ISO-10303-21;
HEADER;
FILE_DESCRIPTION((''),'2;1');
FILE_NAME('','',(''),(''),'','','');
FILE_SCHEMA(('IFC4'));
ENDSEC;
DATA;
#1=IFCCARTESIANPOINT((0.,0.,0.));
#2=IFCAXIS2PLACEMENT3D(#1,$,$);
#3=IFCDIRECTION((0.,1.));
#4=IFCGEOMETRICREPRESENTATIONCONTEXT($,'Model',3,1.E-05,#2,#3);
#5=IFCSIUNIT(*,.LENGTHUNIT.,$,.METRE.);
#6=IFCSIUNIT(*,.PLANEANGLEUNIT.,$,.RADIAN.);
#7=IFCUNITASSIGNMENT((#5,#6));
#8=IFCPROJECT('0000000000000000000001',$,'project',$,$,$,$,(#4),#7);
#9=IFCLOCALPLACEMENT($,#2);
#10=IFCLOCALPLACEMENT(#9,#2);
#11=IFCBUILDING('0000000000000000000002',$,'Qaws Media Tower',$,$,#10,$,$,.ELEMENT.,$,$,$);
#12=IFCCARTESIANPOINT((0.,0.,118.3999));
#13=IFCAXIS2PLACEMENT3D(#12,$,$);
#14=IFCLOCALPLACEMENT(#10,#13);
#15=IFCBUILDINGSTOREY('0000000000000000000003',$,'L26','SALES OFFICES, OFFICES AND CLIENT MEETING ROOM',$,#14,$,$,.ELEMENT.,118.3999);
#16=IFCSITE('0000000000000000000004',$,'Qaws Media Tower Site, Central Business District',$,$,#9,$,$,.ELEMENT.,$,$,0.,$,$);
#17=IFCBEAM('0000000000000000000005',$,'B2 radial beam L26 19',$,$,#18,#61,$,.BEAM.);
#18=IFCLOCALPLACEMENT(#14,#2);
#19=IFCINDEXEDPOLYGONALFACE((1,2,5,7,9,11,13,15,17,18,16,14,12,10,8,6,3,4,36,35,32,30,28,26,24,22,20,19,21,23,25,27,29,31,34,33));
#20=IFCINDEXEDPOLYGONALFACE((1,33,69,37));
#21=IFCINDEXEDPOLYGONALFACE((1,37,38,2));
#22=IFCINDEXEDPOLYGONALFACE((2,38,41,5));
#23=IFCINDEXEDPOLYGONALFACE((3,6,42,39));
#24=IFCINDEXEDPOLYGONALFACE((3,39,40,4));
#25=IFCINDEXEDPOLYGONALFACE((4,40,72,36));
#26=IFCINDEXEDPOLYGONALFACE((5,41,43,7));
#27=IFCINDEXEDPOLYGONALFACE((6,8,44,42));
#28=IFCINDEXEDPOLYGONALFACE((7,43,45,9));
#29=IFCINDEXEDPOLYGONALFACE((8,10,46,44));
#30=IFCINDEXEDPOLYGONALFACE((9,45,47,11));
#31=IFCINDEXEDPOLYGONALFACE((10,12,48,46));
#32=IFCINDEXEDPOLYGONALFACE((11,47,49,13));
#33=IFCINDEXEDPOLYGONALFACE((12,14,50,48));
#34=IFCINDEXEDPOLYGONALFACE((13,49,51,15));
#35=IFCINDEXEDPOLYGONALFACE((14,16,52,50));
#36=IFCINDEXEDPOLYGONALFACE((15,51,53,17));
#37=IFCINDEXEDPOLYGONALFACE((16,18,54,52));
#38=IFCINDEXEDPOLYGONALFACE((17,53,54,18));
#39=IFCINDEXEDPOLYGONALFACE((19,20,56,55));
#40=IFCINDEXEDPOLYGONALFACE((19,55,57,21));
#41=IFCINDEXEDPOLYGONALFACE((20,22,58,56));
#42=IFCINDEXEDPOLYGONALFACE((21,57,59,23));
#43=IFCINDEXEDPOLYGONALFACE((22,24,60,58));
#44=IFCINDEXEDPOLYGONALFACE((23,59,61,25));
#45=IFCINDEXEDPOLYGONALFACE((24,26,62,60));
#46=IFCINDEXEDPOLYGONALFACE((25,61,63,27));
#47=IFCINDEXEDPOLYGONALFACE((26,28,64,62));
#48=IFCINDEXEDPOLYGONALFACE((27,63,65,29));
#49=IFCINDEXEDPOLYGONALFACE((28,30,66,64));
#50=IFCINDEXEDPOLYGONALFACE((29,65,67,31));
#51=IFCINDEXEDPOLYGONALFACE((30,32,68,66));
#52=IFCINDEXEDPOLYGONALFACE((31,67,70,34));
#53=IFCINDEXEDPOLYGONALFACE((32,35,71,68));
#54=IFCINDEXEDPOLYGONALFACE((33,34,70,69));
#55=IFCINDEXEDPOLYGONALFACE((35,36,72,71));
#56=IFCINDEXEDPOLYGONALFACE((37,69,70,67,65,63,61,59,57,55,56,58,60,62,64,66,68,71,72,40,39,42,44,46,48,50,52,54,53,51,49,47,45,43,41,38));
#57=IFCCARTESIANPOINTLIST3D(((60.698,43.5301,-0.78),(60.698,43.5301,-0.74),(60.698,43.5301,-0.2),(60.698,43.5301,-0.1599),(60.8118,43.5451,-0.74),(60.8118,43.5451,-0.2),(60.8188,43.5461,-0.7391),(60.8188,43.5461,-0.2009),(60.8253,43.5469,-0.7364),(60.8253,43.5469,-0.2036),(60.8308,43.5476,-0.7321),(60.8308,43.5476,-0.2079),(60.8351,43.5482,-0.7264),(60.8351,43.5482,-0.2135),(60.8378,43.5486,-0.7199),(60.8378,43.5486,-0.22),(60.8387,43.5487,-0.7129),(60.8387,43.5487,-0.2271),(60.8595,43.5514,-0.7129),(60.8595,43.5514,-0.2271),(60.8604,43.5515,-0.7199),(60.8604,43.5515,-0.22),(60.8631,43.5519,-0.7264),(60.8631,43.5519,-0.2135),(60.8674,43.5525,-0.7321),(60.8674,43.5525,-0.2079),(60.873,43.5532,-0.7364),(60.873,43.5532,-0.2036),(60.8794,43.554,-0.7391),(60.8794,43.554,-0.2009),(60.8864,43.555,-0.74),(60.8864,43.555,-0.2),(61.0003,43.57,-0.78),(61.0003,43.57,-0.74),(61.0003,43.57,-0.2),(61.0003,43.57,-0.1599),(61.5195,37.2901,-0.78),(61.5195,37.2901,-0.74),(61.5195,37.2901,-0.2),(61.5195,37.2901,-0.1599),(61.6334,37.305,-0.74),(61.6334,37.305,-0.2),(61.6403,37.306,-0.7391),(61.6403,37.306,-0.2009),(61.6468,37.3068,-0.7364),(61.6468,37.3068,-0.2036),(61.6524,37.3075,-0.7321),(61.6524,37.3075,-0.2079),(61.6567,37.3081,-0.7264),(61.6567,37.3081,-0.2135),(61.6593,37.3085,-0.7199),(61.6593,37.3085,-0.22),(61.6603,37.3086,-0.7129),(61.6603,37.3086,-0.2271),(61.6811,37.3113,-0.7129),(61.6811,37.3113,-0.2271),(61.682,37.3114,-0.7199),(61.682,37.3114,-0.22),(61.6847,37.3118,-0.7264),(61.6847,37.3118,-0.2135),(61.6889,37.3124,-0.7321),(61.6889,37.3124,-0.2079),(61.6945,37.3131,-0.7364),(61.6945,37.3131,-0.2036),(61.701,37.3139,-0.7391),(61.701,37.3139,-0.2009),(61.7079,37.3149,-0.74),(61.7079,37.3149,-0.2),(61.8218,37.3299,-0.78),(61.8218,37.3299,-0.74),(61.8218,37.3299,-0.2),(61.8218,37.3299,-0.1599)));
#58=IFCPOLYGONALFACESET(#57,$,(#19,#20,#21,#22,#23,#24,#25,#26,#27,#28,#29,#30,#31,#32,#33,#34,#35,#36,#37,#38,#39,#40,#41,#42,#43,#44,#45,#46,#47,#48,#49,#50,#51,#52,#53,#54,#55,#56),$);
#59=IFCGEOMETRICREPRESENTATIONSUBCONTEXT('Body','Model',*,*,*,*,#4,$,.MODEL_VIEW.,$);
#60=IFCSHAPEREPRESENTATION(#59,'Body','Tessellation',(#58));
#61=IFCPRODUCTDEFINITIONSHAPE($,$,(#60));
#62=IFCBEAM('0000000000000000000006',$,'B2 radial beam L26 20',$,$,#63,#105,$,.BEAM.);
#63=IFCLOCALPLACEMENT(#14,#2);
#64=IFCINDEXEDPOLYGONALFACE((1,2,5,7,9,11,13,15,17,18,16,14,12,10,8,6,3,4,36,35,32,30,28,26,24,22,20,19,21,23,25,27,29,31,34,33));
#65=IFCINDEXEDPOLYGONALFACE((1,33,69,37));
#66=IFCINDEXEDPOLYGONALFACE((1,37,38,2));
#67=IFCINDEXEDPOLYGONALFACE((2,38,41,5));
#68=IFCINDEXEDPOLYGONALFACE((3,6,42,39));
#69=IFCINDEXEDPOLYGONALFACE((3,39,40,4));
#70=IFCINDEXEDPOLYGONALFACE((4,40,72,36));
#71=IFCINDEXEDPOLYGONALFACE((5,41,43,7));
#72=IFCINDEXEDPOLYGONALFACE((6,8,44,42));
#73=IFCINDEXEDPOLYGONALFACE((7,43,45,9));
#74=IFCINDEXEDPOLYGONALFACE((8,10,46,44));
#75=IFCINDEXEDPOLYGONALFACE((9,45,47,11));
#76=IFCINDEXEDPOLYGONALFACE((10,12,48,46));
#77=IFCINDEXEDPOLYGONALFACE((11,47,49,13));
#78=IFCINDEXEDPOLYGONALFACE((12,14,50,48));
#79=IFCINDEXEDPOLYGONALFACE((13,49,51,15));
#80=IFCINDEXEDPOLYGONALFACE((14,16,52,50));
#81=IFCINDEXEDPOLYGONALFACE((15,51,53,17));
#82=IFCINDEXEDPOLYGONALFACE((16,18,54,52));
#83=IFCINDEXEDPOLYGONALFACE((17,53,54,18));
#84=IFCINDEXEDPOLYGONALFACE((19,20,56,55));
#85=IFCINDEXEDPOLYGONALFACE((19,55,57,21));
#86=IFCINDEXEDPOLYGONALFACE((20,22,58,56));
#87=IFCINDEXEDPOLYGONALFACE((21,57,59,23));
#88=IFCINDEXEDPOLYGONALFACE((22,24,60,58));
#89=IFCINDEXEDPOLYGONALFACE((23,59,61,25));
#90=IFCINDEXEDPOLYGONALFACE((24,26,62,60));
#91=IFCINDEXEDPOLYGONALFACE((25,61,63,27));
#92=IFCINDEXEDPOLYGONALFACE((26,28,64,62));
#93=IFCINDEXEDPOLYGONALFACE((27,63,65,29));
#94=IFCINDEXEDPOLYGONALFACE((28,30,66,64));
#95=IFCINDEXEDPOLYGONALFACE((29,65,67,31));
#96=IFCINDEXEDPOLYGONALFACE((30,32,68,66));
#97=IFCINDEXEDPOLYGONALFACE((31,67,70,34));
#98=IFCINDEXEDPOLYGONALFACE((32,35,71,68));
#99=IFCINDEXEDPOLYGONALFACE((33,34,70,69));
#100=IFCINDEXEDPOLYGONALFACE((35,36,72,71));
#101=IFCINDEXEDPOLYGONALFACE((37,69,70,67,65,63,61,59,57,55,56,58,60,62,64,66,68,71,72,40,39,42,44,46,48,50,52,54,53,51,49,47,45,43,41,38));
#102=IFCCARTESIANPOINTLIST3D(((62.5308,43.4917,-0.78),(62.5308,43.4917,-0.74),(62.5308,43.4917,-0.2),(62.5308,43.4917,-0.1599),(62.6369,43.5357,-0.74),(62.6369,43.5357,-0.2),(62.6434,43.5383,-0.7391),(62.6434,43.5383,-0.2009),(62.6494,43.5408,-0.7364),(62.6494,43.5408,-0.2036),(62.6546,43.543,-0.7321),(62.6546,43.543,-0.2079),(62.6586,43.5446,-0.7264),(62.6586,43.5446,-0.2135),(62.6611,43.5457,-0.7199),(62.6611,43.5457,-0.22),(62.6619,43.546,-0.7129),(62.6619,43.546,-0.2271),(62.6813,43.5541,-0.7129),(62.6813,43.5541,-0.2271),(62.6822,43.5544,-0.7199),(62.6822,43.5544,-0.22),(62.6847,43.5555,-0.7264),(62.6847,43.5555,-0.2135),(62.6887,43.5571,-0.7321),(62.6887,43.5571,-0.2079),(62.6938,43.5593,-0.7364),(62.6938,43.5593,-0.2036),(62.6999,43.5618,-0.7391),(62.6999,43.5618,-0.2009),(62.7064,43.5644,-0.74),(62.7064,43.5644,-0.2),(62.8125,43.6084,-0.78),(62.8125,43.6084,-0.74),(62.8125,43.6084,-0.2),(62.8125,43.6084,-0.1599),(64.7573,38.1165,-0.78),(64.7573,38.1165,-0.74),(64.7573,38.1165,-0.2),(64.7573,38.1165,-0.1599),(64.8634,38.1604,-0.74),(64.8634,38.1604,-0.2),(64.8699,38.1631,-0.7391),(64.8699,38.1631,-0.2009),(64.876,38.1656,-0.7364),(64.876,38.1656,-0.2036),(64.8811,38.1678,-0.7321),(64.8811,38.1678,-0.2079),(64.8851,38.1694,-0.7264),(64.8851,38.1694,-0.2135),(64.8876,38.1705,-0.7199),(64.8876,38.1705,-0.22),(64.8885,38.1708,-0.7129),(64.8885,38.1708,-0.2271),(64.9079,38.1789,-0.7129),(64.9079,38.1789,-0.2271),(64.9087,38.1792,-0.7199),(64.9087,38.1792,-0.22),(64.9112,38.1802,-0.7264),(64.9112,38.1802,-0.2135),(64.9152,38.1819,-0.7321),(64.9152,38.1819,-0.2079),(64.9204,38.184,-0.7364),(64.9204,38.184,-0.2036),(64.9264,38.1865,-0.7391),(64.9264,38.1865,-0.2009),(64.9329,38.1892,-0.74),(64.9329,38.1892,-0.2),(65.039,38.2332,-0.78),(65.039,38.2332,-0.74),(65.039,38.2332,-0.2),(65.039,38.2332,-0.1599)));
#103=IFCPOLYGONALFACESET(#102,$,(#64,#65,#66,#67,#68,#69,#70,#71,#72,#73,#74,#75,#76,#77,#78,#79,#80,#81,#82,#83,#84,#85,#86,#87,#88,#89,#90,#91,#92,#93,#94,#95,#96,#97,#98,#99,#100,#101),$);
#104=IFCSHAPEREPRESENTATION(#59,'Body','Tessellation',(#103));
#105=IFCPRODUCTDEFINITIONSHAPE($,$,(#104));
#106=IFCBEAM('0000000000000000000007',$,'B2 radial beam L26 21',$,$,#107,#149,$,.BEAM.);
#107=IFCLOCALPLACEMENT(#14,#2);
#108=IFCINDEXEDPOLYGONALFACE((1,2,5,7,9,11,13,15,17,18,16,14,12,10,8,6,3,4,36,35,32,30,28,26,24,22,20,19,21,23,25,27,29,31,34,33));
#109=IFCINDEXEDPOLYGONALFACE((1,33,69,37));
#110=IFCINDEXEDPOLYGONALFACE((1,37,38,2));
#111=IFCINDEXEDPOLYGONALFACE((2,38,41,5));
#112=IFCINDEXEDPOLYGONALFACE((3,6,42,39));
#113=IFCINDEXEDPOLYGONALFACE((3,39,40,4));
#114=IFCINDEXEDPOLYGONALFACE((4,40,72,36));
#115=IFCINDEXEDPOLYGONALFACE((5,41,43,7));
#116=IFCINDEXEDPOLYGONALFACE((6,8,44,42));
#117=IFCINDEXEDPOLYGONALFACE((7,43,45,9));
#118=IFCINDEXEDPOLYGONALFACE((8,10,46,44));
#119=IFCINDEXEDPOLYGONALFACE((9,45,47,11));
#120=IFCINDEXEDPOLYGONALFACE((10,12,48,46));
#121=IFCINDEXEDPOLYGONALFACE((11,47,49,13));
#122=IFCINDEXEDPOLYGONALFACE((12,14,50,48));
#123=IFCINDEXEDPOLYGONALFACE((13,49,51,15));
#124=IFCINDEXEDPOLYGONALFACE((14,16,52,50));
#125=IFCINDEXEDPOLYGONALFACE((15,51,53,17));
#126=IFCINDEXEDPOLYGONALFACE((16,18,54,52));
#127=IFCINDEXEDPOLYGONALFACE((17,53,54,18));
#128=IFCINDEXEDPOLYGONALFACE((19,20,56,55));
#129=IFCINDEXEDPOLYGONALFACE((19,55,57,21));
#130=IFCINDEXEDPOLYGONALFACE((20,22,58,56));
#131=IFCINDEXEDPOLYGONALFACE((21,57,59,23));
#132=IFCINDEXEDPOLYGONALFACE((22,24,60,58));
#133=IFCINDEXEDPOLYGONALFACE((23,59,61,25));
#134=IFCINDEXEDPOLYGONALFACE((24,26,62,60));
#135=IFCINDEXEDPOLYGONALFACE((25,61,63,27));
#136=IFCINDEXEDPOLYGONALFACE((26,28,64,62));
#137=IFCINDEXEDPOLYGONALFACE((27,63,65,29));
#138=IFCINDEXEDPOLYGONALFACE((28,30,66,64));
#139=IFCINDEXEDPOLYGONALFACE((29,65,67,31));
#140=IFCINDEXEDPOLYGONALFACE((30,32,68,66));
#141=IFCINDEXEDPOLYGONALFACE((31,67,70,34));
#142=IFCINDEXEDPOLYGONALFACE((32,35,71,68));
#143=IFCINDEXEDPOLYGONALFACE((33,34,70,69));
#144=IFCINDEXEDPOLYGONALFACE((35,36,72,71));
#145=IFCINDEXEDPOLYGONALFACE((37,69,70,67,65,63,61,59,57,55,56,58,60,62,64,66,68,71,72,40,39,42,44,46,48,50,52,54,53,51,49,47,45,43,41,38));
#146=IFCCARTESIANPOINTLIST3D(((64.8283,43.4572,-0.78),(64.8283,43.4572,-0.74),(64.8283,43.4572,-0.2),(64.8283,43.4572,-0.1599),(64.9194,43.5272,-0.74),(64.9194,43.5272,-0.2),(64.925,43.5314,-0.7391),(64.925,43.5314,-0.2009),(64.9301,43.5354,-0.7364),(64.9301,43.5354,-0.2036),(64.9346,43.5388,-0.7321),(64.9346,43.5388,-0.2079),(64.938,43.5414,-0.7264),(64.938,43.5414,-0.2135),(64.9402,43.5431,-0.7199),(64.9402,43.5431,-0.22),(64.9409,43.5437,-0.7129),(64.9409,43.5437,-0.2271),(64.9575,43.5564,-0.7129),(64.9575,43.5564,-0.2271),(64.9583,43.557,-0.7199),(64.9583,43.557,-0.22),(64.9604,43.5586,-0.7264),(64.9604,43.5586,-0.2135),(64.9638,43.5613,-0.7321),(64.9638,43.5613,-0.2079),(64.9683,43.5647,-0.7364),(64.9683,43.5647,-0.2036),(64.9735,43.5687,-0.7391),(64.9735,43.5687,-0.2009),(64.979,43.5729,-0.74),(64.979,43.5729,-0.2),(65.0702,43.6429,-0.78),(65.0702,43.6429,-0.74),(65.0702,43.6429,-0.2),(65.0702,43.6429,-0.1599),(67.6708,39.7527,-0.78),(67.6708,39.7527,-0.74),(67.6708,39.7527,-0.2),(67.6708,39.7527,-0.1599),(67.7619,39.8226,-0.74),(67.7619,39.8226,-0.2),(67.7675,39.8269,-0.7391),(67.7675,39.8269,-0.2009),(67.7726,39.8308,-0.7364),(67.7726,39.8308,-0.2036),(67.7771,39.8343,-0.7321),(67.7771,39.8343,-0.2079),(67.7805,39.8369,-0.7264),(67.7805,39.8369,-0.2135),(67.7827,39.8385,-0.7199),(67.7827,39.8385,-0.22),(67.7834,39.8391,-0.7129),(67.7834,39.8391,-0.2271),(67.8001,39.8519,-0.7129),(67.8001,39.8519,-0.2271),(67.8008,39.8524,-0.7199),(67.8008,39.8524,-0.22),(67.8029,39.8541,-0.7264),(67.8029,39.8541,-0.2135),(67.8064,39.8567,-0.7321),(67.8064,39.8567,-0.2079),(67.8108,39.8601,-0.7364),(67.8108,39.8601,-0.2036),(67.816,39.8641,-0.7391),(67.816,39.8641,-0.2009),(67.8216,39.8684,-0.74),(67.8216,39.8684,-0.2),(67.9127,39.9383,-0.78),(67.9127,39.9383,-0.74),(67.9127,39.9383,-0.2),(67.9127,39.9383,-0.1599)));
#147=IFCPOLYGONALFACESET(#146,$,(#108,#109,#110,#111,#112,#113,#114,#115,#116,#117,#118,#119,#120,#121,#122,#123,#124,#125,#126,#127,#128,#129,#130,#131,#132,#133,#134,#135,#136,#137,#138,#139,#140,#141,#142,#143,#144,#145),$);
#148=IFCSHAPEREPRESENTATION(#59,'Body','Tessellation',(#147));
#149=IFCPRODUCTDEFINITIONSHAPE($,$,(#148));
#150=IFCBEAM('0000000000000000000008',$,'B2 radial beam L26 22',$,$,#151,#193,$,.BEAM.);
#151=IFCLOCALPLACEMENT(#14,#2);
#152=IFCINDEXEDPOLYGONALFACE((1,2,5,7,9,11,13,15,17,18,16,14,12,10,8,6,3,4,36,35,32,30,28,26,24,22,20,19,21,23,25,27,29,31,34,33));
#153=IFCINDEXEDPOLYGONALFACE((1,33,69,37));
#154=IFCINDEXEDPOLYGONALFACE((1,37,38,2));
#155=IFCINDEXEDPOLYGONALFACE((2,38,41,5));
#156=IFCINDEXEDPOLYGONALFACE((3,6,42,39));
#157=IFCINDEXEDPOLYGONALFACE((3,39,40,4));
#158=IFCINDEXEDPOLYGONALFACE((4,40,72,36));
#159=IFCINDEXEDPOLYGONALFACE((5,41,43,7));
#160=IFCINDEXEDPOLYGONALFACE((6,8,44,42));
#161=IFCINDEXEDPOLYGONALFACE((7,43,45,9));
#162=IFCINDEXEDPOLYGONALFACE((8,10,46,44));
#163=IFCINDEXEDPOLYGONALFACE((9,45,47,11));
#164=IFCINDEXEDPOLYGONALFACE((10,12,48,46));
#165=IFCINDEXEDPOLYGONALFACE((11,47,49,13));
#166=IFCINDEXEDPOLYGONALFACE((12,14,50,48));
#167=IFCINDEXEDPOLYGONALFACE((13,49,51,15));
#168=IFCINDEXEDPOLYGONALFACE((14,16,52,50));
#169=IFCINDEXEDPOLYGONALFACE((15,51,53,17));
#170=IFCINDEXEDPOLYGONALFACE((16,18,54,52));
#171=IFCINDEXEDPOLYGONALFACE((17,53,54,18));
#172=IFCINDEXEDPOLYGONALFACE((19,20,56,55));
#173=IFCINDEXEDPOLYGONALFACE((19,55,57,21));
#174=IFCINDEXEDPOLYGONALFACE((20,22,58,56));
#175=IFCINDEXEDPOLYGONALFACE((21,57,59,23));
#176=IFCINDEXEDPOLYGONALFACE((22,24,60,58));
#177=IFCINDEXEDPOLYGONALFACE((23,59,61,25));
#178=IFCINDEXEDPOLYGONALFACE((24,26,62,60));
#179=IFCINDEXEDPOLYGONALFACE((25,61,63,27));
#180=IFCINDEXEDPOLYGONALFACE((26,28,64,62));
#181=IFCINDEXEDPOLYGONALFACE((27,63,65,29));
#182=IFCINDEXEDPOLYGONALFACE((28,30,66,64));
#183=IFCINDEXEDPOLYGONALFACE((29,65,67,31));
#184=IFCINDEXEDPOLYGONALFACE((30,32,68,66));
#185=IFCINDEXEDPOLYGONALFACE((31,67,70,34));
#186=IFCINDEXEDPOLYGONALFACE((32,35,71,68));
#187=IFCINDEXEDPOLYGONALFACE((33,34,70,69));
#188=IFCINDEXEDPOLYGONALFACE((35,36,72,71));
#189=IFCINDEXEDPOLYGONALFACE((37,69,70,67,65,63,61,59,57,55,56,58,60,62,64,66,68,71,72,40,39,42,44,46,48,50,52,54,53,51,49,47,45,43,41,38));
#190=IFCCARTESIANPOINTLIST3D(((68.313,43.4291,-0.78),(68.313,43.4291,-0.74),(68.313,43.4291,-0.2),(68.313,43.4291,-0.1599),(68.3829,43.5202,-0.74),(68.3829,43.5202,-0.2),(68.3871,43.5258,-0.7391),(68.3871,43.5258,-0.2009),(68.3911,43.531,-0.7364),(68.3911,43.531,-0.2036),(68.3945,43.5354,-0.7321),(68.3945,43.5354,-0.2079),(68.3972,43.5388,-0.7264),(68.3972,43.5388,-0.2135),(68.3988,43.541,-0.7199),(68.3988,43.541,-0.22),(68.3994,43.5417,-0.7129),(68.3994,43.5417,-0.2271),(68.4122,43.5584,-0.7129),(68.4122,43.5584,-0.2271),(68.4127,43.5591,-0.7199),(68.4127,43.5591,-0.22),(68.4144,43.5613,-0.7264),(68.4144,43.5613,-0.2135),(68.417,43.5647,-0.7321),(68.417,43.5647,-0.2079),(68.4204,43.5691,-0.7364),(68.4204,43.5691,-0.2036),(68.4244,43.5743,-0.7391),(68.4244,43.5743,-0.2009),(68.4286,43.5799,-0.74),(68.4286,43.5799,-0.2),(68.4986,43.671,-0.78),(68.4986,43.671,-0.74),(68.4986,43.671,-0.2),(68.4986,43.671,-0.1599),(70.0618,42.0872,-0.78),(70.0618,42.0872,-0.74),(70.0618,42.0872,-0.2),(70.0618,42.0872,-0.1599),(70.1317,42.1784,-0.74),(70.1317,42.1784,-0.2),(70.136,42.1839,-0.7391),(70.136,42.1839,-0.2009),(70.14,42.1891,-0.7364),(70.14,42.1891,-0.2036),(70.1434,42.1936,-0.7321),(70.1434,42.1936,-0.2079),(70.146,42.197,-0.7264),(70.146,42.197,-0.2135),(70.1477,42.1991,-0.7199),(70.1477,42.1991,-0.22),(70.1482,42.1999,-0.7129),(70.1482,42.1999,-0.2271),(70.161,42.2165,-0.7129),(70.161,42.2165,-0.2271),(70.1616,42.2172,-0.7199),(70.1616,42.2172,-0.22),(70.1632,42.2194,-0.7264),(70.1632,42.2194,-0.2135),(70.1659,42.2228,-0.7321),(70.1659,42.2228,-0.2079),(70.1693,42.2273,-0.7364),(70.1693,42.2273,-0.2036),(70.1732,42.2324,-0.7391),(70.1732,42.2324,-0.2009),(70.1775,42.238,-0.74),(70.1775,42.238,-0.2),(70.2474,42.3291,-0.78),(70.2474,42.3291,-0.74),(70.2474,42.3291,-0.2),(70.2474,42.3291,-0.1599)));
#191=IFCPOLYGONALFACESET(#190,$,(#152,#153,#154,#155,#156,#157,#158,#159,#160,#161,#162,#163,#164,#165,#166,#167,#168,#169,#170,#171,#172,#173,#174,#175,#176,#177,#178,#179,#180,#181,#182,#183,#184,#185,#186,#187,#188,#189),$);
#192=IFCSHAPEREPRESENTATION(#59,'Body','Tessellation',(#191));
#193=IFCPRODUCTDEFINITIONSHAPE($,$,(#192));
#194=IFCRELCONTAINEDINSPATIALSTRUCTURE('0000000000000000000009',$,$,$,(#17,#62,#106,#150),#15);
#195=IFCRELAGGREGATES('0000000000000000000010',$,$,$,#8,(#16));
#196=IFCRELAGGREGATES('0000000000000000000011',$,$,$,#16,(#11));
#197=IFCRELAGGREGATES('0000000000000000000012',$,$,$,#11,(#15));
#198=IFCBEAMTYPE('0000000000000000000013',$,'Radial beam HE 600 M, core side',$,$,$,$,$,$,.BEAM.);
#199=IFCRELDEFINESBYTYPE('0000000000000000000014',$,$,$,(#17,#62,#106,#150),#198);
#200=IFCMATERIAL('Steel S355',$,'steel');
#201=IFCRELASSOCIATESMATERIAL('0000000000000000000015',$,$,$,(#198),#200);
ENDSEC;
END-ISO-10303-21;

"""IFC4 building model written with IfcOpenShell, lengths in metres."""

from ifc_helpers import new_model, si_unit, direction, frame, origin, origin_2d, place, context, subcontext, project, spatial, i_section, extrude, material, material_profile, profile_set, type_object, element, save


model = new_model("IFC4")

# Units and contexts
model_context = context("Model", 3, precision=1e-05, world=origin(), true_north=direction((0.0, 1.0)))
body_context = subcontext(model_context, "Body", "Model", "MODEL_VIEW")
ifc_project = project(units=[si_unit("LENGTHUNIT", "METRE"), si_unit("PLANEANGLEUNIT", "RADIAN")], contexts=[model_context])

# Site, building, storey
site_placement = place(None, origin())
site = spatial("IfcSite", under=ifc_project, at=site_placement, Name="Qaws Media Tower Site, Central Business District", CompositionType="ELEMENT", RefElevation=0.0)
building_placement = place(site_placement, origin())
building = spatial("IfcBuilding", under=site, at=building_placement, Name="Qaws Media Tower", CompositionType="ELEMENT")
storey_placement = place(building_placement, frame((0.0, 0.0, 118.3999)))
storey = spatial("IfcBuildingStorey", under=building, at=storey_placement, Name="L26", Description="SALES OFFICES, OFFICES AND CLIENT MEETING ROOM", CompositionType="ELEMENT", Elevation=118.3999)

# Beams
ifc_material_1 = material(Name="Steel S355", Category="steel")
ifc_material_profile_1 = material_profile(ifc_material_1, i_section(OverallWidth=0.3049, OverallDepth=0.6201, WebThickness=0.021, FlangeThickness=0.04, FilletRadius=0.0271, at=origin_2d()), Name="HE 600 M")
ifc_profile_set_1 = profile_set([ifc_material_profile_1], Name="Steel S355")
beam_type_1 = type_object("IfcBeamType", Name="Radial beam HE 600 M, core side", PredefinedType="BEAM", material=ifc_profile_set_1)
for number, where, z_axis, x_axis, name in (
    (1, (60.8491, 43.55, -0.47), (0.13053, -0.991444, 0.0), (0.991444, 0.13053, 0.0), "B2 radial beam L26 19"),
):
    element("IfcBeam", number, at=place(storey_placement, frame(where, z_axis=z_axis, x_axis=x_axis)), inside=storey, type_object=beam_type_1, Name=name, PredefinedType="BEAM", context=body_context, shape_type="SweptSolid", body=[
        extrude(i_section(OverallWidth=0.3049, OverallDepth=0.6201, WebThickness=0.021, FlangeThickness=0.04, FilletRadius=0.0271, at=origin_2d()), origin(), (0.0, 0.0, 1.0), 6.2939),
    ])
beam_1_placement = place(storey_placement, frame((62.6716, 43.55, -0.47), z_axis=(0.382693, -0.923876, 0.0), x_axis=(0.923876, 0.382693, 0.0)))
element("IfcBeam", 2, at=beam_1_placement, inside=storey, type_object=beam_type_1, Name="B2 radial beam L26 20", PredefinedType="BEAM", context=body_context, shape_type="SweptSolid", body=[
    extrude(i_section(OverallWidth=0.3049, OverallDepth=0.6201, WebThickness=0.021, FlangeThickness=0.04, FilletRadius=0.0271, at=origin_2d()), origin(), (0.0, 0.0, 1.0), 5.8181),
])
beam_2_placement = place(storey_placement, frame((64.9492, 43.55, -0.47), z_axis=(0.608748, -0.793364, 0.0), x_axis=(0.793364, 0.608748, 0.0)))
element("IfcBeam", 3, at=beam_2_placement, inside=storey, type_object=beam_type_1, Name="B2 radial beam L26 21", PredefinedType="BEAM", context=body_context, shape_type="SweptSolid", body=[
    extrude(i_section(OverallWidth=0.3049, OverallDepth=0.6201, WebThickness=0.021, FlangeThickness=0.04, FilletRadius=0.0271, at=origin_2d()), origin(), (0.0, 0.0, 1.0), 4.6694),
])
beam_3_placement = place(storey_placement, frame((68.4058, 43.55, -0.47), z_axis=(0.793373, -0.608736, 0.0), x_axis=(0.608736, 0.793373, 0.0)))
element("IfcBeam", 4, at=beam_3_placement, inside=storey, type_object=beam_type_1, Name="B2 radial beam L26 22", PredefinedType="BEAM", context=body_context, shape_type="SweptSolid", body=[
    extrude(i_section(OverallWidth=0.3049, OverallDepth=0.6201, WebThickness=0.021, FlangeThickness=0.04, FilletRadius=0.0271, at=origin_2d()), origin(), (0.0, 0.0, 1.0), 2.2043),
])

save(model, "model.ifc")
